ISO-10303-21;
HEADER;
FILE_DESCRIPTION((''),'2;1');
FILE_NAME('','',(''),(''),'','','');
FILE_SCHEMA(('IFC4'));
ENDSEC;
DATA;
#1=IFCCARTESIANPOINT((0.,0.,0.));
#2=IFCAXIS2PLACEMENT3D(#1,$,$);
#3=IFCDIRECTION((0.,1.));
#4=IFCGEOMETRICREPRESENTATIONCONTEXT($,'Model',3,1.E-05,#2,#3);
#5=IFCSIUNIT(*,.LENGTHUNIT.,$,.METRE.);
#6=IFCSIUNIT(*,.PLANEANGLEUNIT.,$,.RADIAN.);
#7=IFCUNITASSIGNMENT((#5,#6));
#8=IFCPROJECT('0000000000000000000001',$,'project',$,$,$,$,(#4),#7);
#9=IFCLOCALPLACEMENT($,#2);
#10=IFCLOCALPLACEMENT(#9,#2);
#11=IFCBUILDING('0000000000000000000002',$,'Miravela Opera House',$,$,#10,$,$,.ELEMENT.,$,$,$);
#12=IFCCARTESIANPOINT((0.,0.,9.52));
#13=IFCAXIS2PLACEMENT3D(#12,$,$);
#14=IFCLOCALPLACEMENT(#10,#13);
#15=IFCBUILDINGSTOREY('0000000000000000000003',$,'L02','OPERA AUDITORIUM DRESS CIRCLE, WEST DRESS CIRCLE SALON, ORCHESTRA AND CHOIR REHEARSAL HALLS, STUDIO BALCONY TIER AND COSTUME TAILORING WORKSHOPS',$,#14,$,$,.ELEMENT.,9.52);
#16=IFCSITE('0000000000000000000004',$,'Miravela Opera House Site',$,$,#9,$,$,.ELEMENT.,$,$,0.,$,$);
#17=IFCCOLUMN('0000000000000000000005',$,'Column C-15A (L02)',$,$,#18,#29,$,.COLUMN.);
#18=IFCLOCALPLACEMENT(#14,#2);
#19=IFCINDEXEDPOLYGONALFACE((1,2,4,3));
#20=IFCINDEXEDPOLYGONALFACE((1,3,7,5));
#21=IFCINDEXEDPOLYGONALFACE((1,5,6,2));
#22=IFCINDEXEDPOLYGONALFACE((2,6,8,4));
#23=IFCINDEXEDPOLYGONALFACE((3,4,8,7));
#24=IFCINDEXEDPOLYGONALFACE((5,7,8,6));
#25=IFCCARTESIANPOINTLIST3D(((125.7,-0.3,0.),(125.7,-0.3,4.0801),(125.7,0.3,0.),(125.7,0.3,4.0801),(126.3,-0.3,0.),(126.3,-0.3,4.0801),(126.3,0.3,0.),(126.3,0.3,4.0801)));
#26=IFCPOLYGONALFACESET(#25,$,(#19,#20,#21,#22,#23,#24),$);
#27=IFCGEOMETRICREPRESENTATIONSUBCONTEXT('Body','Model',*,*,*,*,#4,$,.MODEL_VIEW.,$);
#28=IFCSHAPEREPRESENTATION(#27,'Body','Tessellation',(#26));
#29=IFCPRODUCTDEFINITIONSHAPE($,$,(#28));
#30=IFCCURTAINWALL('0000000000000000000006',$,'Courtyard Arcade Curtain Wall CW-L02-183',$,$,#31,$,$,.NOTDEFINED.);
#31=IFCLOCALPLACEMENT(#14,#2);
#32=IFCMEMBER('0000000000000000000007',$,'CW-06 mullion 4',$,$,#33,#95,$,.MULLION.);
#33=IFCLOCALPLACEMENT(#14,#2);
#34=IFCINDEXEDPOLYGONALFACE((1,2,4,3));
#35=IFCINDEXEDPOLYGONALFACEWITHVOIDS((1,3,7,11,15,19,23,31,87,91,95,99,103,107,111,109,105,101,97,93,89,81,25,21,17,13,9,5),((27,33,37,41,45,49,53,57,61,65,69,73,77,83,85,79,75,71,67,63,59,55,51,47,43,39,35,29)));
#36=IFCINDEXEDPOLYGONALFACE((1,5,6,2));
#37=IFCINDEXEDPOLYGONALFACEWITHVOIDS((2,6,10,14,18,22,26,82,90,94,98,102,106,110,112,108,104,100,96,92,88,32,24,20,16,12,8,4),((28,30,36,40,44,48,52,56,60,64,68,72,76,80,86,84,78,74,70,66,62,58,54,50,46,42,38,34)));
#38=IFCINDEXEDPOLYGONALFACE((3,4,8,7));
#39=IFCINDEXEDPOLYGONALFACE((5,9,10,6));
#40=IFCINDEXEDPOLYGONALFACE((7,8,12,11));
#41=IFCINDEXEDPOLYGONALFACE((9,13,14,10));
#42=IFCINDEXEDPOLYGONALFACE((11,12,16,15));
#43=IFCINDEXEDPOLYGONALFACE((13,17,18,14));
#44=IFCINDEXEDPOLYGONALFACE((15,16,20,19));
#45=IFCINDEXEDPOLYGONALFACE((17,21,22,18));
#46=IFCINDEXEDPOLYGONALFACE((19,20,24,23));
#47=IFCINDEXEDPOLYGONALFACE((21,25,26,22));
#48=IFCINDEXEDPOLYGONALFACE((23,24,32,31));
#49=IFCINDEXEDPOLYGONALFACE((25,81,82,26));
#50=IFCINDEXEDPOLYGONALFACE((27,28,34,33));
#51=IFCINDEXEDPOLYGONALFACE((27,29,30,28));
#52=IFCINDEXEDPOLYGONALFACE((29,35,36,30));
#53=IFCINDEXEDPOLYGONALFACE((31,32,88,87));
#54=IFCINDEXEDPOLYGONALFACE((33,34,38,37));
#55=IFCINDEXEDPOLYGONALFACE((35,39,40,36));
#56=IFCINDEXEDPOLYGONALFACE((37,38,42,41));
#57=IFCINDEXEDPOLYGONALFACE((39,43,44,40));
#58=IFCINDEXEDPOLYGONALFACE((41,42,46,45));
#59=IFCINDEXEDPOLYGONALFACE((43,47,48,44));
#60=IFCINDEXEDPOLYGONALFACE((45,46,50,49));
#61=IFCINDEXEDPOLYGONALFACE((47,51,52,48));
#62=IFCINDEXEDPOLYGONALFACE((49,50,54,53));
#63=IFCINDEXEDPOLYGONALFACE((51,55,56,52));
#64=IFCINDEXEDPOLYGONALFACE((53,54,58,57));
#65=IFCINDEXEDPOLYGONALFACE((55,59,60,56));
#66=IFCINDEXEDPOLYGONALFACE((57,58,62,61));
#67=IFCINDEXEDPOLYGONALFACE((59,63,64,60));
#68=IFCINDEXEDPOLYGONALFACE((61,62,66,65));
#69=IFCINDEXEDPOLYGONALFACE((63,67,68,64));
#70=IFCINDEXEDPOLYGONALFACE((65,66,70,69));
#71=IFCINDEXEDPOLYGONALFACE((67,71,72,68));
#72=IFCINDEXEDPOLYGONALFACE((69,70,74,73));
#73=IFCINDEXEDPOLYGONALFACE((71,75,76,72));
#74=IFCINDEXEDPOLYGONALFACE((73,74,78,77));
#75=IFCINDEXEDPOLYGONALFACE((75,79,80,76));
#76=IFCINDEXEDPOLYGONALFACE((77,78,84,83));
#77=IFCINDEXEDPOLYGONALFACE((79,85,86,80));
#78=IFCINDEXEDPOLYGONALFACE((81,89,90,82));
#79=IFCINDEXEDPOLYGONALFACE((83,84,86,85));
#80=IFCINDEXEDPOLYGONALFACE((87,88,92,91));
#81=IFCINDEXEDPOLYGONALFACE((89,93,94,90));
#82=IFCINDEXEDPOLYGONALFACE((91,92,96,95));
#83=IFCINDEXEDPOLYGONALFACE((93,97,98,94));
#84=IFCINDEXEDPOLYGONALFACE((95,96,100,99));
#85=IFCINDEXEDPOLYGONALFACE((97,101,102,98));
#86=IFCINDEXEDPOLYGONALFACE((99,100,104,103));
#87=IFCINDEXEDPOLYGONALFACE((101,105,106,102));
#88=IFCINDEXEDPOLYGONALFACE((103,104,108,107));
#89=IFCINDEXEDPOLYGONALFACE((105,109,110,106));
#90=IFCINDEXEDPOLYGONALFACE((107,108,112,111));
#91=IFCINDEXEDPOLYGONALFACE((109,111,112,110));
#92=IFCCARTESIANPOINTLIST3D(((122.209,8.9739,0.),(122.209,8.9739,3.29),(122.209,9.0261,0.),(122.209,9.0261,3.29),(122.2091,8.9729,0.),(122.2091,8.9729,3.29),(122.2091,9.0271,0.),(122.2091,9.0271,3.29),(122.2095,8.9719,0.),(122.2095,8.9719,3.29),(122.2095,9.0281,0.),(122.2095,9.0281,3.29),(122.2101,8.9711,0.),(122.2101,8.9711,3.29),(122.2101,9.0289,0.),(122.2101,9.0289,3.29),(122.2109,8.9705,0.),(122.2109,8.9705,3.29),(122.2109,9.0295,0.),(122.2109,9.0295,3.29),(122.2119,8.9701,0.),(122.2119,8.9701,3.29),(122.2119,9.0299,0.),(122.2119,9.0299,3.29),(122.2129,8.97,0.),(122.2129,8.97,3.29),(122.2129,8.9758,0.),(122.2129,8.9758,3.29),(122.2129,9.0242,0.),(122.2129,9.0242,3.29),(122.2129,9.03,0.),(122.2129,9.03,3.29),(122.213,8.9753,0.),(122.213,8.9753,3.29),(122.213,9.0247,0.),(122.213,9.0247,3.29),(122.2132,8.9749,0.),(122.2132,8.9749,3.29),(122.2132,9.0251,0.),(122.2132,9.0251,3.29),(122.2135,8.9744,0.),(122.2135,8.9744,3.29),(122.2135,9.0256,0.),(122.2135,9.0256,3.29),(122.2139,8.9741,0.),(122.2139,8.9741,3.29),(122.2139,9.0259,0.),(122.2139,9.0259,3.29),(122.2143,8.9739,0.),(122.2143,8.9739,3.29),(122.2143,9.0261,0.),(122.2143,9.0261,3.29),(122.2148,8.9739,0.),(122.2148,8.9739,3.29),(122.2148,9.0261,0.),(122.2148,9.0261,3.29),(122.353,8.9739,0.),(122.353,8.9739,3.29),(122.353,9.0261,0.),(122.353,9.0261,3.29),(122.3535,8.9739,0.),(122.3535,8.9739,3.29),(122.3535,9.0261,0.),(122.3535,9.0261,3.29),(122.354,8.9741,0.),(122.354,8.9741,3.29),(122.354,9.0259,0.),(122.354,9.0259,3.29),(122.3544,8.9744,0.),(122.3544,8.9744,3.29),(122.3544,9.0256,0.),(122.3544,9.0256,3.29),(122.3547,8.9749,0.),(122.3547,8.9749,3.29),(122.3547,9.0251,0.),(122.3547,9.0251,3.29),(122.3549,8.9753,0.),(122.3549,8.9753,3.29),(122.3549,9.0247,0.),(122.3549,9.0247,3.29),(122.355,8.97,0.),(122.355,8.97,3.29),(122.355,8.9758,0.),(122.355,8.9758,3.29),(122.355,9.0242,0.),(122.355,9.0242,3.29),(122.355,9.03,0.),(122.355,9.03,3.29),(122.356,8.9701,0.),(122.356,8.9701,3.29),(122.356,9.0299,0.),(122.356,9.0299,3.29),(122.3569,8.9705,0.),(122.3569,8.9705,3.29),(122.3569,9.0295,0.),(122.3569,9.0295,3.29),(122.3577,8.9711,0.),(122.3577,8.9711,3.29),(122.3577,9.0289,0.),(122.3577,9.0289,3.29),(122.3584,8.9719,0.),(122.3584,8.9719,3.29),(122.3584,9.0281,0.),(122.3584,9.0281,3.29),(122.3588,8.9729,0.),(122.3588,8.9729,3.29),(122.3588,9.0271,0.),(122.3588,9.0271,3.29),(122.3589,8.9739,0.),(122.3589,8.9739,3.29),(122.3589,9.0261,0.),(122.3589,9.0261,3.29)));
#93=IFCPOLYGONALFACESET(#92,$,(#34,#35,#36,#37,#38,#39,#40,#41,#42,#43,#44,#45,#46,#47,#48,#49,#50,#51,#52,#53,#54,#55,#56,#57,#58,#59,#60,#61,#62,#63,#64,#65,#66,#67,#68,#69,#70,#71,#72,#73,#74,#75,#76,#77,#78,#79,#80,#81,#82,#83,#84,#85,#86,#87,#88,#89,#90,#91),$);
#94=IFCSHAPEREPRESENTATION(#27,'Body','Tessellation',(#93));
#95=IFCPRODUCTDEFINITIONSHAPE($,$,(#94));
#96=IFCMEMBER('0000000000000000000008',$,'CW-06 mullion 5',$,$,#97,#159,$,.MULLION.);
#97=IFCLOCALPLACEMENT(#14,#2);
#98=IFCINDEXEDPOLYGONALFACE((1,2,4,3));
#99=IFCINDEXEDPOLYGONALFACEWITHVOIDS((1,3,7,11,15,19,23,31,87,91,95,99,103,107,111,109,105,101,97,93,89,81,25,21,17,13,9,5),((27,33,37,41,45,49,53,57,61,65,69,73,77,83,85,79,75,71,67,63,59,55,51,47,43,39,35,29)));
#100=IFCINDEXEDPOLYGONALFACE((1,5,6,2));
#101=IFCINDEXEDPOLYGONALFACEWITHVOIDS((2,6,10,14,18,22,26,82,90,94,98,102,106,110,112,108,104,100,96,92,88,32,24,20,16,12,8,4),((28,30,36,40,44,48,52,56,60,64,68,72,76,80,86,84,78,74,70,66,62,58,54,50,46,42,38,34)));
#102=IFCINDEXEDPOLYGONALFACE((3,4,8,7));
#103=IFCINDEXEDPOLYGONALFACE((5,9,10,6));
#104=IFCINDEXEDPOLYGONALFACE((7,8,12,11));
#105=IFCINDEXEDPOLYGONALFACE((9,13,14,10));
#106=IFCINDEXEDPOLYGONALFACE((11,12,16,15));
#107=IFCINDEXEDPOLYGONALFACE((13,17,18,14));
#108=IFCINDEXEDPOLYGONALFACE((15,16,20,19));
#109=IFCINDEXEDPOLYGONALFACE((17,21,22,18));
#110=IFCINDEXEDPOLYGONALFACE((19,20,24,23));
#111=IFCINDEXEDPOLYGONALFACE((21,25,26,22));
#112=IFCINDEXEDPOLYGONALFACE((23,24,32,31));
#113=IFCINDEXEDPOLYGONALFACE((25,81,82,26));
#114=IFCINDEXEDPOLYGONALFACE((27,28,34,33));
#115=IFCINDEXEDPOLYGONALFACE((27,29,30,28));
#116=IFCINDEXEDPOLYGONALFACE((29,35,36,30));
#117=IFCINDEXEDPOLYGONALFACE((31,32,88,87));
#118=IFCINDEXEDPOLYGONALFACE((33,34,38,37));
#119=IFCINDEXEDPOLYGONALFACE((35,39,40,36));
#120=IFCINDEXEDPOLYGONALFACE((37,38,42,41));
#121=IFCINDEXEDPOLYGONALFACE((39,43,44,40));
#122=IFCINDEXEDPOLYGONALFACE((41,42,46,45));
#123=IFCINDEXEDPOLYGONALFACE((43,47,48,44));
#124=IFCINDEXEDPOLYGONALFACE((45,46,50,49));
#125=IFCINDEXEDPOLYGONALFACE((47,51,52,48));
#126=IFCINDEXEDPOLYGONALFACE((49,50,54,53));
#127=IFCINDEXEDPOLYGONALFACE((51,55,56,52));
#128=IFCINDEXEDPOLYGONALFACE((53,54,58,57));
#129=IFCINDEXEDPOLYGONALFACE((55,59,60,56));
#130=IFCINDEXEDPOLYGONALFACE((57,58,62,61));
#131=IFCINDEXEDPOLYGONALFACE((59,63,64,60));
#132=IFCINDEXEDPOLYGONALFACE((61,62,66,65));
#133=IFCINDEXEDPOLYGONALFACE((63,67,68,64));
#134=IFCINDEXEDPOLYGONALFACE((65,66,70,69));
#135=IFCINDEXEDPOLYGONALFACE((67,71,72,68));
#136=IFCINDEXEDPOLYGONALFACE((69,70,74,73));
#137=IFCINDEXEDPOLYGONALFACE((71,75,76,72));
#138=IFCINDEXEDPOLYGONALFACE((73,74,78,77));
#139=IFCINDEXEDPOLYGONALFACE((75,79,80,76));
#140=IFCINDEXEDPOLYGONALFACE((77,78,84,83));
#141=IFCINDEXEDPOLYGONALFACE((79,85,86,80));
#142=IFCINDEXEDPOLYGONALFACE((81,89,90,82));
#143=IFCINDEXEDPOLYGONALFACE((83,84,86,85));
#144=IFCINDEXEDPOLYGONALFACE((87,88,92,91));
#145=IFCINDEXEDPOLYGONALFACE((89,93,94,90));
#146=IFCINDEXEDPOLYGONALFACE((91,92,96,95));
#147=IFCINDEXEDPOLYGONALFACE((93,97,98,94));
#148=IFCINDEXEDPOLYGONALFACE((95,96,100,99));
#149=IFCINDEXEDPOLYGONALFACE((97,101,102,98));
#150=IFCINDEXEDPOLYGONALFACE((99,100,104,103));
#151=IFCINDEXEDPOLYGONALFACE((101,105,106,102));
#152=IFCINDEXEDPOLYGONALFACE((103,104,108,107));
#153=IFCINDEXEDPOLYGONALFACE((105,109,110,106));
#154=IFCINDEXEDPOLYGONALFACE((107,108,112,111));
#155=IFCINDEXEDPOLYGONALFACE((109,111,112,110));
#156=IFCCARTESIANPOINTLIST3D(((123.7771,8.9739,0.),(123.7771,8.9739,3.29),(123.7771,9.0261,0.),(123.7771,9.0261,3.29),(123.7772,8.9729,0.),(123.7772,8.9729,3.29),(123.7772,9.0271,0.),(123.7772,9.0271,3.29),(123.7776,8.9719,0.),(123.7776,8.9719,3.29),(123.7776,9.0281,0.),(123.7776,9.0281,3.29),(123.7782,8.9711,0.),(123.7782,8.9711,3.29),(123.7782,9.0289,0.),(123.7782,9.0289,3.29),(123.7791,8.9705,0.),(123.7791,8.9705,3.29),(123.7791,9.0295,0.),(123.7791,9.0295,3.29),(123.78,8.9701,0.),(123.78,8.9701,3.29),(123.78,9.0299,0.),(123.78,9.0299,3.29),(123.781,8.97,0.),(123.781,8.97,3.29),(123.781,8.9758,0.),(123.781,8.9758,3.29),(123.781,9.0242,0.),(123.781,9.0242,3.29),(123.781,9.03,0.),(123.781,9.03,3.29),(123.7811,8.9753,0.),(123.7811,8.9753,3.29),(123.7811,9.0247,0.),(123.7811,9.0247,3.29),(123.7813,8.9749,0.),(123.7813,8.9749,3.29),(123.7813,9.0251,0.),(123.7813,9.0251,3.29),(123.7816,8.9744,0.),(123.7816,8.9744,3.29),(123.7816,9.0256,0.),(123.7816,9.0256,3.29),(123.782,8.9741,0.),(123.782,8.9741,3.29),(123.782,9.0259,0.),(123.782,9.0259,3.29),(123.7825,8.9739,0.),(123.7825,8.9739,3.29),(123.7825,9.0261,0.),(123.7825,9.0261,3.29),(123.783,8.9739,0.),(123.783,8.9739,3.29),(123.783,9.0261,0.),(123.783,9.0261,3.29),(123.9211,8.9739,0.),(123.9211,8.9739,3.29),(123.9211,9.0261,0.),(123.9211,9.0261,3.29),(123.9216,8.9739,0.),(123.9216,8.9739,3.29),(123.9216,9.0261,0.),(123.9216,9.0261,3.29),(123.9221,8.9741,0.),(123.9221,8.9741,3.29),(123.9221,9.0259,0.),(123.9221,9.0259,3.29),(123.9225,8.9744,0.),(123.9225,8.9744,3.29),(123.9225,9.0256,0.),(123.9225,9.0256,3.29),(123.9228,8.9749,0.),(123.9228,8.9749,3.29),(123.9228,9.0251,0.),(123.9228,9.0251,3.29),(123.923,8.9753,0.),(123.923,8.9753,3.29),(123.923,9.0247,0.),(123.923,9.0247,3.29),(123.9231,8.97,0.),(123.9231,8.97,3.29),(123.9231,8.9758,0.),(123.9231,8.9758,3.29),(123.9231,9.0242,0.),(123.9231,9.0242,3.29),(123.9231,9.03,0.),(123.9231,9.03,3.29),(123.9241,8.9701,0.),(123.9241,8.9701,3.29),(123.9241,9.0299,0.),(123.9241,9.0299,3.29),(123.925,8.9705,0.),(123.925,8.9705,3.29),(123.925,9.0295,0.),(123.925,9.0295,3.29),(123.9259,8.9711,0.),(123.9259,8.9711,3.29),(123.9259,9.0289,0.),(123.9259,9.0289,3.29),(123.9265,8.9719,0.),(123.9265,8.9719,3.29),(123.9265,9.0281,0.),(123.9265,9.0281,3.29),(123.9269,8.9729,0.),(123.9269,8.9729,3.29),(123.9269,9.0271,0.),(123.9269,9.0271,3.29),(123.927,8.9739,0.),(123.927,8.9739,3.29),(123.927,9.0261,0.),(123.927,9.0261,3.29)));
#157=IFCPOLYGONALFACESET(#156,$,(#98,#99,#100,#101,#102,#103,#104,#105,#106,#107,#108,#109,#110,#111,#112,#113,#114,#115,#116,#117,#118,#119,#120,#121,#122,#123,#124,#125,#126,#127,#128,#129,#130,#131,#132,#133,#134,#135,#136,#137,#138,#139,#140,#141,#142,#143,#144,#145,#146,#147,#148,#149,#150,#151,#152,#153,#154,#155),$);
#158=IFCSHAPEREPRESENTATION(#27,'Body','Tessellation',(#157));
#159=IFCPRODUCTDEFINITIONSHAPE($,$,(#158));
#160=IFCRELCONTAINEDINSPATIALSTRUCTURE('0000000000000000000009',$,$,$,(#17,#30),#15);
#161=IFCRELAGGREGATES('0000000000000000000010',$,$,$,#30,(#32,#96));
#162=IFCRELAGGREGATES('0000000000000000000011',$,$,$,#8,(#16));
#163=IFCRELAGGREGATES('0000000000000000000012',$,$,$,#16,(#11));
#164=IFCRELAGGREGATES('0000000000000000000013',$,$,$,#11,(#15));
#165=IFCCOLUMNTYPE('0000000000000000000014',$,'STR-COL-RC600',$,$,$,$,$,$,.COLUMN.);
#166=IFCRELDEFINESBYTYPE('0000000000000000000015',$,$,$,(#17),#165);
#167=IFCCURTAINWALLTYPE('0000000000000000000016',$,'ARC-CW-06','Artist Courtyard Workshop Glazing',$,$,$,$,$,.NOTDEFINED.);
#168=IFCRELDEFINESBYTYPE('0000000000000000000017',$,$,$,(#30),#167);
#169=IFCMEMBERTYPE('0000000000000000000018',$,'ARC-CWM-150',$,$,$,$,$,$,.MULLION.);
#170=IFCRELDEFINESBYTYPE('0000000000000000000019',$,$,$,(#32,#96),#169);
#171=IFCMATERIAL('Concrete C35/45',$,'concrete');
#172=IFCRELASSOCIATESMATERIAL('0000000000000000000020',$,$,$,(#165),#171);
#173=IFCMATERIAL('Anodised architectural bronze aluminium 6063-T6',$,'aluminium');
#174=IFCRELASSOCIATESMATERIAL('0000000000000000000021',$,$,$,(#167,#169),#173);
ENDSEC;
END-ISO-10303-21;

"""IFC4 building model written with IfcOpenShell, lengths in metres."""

from ifc_helpers import new_model, si_unit, direction, frame, origin, origin_2d, place, context, subcontext, project, spatial, rectangle, hollow_rectangle, extrude, material, material_profile, profile_set, type_object, element, aggregate, save


model = new_model("IFC4")

# Units and contexts
model_context = context("Model", 3, precision=1e-05, world=origin(), true_north=direction((0.0, 1.0)))
body_context = subcontext(model_context, "Body", "Model", "MODEL_VIEW")
ifc_project = project(units=[si_unit("LENGTHUNIT", "METRE"), si_unit("PLANEANGLEUNIT", "RADIAN")], contexts=[model_context])

# Site, building, storey
site_placement = place(None, origin())
site = spatial("IfcSite", under=ifc_project, at=site_placement, Name="Miravela Opera House Site", CompositionType="ELEMENT", RefElevation=0.0)
building_placement = place(site_placement, origin())
building = spatial("IfcBuilding", under=site, at=building_placement, Name="Miravela Opera House", CompositionType="ELEMENT")
storey_placement = place(building_placement, frame((0.0, 0.0, 9.52)))
storey = spatial("IfcBuildingStorey", under=building, at=storey_placement, Name="L02", Description="OPERA AUDITORIUM DRESS CIRCLE, WEST DRESS CIRCLE SALON, ORCHESTRA AND CHOIR REHEARSAL HALLS, STUDIO BALCONY TIER AND COSTUME TAILORING WORKSHOPS", CompositionType="ELEMENT", Elevation=9.52)

# Column
ifc_material_1 = material(Name="Concrete C35/45", Category="concrete")
ifc_material_profile_1 = material_profile(ifc_material_1, rectangle(XDim=0.6001, YDim=0.6001, at=origin_2d()), Name="RC-COL-600X600")
ifc_profile_set_1 = profile_set([ifc_material_profile_1])
column_type = type_object("IfcColumnType", Name="STR-COL-RC600", PredefinedType="COLUMN", material=ifc_profile_set_1)
column_placement = place(storey_placement, frame((126.0, 0.0, 0.0), z_axis=(0.0, 0.0, 1.0), x_axis=(1.0, 0.0, 0.0)))
element("IfcColumn", 1, at=column_placement, inside=storey, type_object=column_type, Name="Column C-15A (L02)", PredefinedType="COLUMN", context=body_context, shape_type="SweptSolid", body=[
    extrude(rectangle(XDim=0.6001, YDim=0.6001, at=origin_2d()), origin(), (0.0, 0.0, 1.0), 4.0801),
])

# Curtain wall, members
ifc_material_2 = material(Name="Anodised architectural bronze aluminium 6063-T6", Category="aluminium")
curtain_wall_type = type_object("IfcCurtainWallType", Name="ARC-CW-06", Description="Artist Courtyard Workshop Glazing", PredefinedType="NOTDEFINED", material=ifc_material_2)
curtain_wall_placement = place(storey_placement, origin())
curtain_wall = element("IfcCurtainWall", 2, at=curtain_wall_placement, inside=storey, type_object=curtain_wall_type, Name="Courtyard Arcade Curtain Wall CW-L02-183", PredefinedType="NOTDEFINED")
ifc_material_profile_2 = material_profile(ifc_material_2, hollow_rectangle(XDim=0.0601, YDim=0.1499, WallThickness=0.0039, InnerFilletRadius=0.002, OuterFilletRadius=0.0039, at=origin_2d()), Name="CWM-60X150")
ifc_profile_set_2 = profile_set([ifc_material_profile_2])
member_type_1 = type_object("IfcMemberType", Name="ARC-CWM-150", PredefinedType="MULLION", material=ifc_profile_set_2)
member_1_placement = place(storey_placement, frame((122.2839, 9.0, 0.0), z_axis=(0.0, 0.0, 1.0), x_axis=(0.0, 1.0, 0.0)))
member_1 = element("IfcMember", 3, at=member_1_placement, type_object=member_type_1, Name="CW-06 mullion 4", PredefinedType="MULLION", context=body_context, shape_type="SweptSolid", body=[
    extrude(hollow_rectangle(XDim=0.0601, YDim=0.1499, WallThickness=0.0039, InnerFilletRadius=0.002, OuterFilletRadius=0.0039, at=origin_2d()), origin(), (0.0, 0.0, 1.0), 3.29),
])
member_2_placement = place(storey_placement, frame((123.8521, 9.0, 0.0), z_axis=(0.0, 0.0, 1.0), x_axis=(0.0, 1.0, 0.0)))
member_2 = element("IfcMember", 4, at=member_2_placement, type_object=member_type_1, Name="CW-06 mullion 5", PredefinedType="MULLION", context=body_context, shape_type="SweptSolid", body=[
    extrude(hollow_rectangle(XDim=0.0601, YDim=0.1499, WallThickness=0.0039, InnerFilletRadius=0.002, OuterFilletRadius=0.0039, at=origin_2d()), origin(), (0.0, 0.0, 1.0), 3.29),
])

aggregate(curtain_wall, [member_1, member_2])

save(model, "model.ifc")
